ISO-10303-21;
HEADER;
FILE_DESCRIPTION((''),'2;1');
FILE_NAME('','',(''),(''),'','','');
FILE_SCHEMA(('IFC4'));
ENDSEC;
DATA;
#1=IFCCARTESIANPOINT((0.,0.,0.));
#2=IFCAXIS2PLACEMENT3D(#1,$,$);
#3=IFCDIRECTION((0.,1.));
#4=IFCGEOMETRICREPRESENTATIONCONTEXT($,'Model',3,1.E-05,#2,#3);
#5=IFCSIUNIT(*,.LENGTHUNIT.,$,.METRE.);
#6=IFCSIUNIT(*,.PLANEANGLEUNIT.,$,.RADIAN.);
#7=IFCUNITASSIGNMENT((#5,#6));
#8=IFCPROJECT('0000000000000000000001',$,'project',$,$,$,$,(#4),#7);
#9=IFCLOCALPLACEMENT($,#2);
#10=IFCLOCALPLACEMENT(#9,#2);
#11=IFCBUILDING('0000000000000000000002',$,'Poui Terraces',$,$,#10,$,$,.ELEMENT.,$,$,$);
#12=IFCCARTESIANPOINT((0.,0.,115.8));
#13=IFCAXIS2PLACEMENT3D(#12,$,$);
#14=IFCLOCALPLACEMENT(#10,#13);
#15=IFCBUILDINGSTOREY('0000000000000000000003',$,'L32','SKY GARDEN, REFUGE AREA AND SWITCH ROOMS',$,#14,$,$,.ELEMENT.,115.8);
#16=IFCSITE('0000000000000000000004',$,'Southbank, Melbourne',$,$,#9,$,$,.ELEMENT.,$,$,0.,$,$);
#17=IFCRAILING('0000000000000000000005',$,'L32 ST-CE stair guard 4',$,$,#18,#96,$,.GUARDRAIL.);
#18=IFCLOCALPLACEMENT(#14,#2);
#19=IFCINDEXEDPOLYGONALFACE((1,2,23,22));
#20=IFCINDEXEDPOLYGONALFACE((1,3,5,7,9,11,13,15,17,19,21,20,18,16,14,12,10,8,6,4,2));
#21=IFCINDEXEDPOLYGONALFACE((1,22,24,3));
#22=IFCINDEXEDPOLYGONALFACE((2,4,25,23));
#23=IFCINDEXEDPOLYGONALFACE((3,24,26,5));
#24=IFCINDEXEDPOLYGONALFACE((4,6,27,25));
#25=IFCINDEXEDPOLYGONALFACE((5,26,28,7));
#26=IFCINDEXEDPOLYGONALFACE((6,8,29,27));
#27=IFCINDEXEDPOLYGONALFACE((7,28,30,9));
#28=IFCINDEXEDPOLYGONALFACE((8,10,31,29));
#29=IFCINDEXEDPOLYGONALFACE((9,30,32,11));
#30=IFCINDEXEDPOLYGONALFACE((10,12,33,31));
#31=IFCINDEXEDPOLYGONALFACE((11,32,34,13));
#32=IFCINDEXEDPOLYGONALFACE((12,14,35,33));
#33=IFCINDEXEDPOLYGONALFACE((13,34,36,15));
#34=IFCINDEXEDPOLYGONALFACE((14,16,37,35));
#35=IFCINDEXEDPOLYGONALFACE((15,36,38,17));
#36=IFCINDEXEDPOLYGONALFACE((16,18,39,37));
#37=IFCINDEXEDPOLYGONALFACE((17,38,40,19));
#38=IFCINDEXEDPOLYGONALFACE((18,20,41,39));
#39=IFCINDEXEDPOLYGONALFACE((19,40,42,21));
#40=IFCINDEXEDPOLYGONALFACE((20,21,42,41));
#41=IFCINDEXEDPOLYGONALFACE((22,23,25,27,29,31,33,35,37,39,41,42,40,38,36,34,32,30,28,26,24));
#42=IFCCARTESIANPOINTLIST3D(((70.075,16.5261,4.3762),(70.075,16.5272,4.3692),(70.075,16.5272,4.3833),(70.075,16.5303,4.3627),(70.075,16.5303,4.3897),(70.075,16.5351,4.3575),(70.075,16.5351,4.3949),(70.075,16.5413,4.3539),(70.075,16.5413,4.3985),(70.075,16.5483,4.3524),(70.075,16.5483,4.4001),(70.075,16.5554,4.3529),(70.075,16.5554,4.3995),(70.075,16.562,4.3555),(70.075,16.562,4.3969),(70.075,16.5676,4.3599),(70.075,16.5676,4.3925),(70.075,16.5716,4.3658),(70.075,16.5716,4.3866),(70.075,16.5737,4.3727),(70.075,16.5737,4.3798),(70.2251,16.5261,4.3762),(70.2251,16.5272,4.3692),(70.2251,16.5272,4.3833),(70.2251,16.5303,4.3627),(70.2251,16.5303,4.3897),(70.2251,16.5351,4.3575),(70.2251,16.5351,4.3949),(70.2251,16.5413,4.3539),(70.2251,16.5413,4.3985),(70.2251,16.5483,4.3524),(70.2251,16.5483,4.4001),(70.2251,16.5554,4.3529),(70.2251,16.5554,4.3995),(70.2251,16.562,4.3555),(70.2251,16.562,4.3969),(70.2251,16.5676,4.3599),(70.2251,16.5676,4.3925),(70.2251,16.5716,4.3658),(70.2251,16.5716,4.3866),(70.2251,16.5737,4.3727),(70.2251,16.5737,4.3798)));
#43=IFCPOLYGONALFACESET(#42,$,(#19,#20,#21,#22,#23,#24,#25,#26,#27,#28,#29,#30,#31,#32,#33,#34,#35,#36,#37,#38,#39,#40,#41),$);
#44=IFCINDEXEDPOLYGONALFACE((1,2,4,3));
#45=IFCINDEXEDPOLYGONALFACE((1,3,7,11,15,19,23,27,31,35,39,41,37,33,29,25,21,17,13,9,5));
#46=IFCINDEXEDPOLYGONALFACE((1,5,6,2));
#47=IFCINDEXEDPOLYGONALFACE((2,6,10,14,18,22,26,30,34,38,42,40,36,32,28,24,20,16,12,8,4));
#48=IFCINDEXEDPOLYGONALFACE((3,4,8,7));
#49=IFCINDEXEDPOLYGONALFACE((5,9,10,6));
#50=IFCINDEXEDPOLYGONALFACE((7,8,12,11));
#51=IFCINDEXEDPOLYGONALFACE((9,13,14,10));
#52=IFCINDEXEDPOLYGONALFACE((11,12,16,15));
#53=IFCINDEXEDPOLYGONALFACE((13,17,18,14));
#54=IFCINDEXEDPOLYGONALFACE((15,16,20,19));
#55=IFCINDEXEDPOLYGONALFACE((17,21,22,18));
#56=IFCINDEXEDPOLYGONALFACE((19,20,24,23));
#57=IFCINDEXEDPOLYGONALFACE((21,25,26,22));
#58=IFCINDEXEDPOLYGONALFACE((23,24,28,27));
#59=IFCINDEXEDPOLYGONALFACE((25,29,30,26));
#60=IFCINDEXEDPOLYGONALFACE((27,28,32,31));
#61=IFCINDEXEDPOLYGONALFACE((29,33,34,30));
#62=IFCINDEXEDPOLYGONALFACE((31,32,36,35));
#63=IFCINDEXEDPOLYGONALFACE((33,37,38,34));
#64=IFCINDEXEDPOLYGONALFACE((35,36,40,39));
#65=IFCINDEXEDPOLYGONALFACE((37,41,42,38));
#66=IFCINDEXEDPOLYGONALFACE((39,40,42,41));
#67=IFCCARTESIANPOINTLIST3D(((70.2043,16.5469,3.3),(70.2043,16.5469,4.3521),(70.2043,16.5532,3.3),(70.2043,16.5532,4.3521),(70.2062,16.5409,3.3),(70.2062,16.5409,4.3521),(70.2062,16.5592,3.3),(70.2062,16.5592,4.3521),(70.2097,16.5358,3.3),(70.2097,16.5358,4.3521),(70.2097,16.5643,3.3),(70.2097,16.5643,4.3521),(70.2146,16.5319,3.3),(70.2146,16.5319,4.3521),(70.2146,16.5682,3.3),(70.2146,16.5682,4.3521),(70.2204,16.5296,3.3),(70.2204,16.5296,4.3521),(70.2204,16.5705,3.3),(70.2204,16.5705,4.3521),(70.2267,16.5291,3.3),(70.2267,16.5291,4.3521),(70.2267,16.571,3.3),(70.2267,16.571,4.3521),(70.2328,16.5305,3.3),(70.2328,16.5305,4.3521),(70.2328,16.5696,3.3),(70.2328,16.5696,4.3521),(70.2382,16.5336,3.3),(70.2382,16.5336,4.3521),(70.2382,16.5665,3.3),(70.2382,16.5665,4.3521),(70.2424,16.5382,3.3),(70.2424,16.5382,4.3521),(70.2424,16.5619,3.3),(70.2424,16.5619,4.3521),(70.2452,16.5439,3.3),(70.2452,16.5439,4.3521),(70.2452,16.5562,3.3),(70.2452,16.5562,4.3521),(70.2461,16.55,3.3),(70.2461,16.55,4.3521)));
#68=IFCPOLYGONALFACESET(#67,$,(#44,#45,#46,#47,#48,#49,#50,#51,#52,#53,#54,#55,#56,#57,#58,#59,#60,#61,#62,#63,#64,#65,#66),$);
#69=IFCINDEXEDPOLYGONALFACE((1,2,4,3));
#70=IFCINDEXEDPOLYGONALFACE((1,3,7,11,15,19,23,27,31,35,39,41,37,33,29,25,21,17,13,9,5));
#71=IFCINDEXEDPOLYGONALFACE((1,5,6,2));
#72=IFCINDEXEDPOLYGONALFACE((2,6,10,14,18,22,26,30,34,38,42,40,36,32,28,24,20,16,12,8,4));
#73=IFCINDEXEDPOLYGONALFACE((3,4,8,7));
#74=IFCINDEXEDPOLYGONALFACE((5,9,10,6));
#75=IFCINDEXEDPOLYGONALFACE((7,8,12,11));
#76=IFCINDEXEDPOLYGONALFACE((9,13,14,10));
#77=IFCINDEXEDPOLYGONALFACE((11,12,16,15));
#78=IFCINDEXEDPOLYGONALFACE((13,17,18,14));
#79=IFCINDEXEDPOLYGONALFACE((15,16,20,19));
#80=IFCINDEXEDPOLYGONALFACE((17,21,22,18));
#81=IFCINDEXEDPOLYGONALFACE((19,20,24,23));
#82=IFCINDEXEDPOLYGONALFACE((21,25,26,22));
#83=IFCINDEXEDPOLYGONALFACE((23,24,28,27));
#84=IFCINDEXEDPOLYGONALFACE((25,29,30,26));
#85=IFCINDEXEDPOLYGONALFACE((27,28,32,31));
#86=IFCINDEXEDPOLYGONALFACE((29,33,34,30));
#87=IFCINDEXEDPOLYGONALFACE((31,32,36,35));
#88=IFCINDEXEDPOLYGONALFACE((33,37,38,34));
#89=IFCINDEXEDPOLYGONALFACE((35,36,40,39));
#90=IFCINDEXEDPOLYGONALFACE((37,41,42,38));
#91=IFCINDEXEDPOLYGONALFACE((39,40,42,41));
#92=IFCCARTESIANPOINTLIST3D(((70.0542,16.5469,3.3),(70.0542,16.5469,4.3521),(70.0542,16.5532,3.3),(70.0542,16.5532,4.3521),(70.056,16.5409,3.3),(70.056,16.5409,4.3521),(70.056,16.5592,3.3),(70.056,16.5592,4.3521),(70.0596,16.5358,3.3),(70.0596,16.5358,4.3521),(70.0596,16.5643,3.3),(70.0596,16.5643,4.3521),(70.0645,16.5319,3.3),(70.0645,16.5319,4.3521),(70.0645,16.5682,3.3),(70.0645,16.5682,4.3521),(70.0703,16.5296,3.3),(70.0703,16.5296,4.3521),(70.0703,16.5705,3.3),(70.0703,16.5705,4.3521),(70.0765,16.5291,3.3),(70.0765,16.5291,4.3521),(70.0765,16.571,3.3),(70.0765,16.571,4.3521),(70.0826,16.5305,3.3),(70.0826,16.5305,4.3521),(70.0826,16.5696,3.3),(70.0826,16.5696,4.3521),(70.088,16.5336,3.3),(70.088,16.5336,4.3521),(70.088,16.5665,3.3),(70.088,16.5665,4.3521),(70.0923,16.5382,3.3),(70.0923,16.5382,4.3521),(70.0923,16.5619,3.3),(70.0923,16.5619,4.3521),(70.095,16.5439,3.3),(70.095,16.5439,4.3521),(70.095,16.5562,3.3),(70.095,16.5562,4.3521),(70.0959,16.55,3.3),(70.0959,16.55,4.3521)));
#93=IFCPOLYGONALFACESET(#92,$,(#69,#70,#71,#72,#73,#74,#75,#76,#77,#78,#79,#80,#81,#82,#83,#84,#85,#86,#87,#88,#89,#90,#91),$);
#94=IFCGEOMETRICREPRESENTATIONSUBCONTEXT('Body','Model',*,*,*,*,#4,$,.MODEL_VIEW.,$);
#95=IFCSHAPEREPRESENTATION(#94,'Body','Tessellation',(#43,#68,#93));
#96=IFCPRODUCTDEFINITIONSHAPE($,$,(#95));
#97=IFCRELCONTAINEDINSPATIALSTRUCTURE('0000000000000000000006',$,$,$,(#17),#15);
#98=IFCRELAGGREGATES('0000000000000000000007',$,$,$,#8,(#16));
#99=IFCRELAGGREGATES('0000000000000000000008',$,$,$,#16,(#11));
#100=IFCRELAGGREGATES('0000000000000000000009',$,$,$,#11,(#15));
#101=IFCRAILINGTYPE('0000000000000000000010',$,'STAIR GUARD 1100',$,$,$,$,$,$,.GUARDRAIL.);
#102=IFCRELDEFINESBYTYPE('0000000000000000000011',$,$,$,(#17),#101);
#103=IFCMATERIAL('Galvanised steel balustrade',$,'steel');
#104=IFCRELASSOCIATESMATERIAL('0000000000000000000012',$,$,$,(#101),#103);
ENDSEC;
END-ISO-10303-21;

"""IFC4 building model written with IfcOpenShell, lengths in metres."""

from ifc_helpers import new_model, si_unit, direction, frame, origin, origin_2d, place, context, subcontext, project, spatial, circle, extrude, material, type_object, element, save


model = new_model("IFC4")

# Units and contexts
model_context = context("Model", 3, precision=1e-05, world=origin(), true_north=direction((0.0, 1.0)))
body_context = subcontext(model_context, "Body", "Model", "MODEL_VIEW")
ifc_project = project(units=[si_unit("LENGTHUNIT", "METRE"), si_unit("PLANEANGLEUNIT", "RADIAN")], contexts=[model_context])

# Site, building, storey
site_placement = place(None, origin())
site = spatial("IfcSite", under=ifc_project, at=site_placement, Name="Southbank, Melbourne", CompositionType="ELEMENT", RefElevation=0.0)
building_placement = place(site_placement, origin())
building = spatial("IfcBuilding", under=site, at=building_placement, Name="Poui Terraces", CompositionType="ELEMENT")
storey_placement = place(building_placement, frame((0.0, 0.0, 115.8)))
storey = spatial("IfcBuildingStorey", under=building, at=storey_placement, Name="L32", Description="SKY GARDEN, REFUGE AREA AND SWITCH ROOMS", CompositionType="ELEMENT", Elevation=115.8)

# Railing
ifc_material_1 = material(Name="Galvanised steel balustrade", Category="steel")
railing_type_1 = type_object("IfcRailingType", Name="STAIR GUARD 1100", PredefinedType="GUARDRAIL", material=ifc_material_1)
railing_1_placement = place(storey_placement, frame((70.2251, 16.55, 3.3)))
element("IfcRailing", 1, at=railing_1_placement, inside=storey, type_object=railing_type_1, Name="L32 ST-CE stair guard 4", PredefinedType="GUARDRAIL", context=body_context, shape_type="SweptSolid", body=[
    extrude(circle(Radius=0.0239, at=origin_2d()), frame((0.0, 0.0, 1.0762), z_axis=(-1.0, 0.0, 0.0), x_axis=(0.0, -1.0, 0.0)), (0.0, 0.0, 1.0), 0.1501),
    extrude(circle(Radius=0.021, at=origin_2d()), origin(), (0.0, 0.0, 1.0), 1.052),
    extrude(circle(Radius=0.021, at=origin_2d()), frame((-0.1501, 0.0, 0.0)), (0.0, 0.0, 1.0), 1.052),
])

save(model, "model.ifc")
